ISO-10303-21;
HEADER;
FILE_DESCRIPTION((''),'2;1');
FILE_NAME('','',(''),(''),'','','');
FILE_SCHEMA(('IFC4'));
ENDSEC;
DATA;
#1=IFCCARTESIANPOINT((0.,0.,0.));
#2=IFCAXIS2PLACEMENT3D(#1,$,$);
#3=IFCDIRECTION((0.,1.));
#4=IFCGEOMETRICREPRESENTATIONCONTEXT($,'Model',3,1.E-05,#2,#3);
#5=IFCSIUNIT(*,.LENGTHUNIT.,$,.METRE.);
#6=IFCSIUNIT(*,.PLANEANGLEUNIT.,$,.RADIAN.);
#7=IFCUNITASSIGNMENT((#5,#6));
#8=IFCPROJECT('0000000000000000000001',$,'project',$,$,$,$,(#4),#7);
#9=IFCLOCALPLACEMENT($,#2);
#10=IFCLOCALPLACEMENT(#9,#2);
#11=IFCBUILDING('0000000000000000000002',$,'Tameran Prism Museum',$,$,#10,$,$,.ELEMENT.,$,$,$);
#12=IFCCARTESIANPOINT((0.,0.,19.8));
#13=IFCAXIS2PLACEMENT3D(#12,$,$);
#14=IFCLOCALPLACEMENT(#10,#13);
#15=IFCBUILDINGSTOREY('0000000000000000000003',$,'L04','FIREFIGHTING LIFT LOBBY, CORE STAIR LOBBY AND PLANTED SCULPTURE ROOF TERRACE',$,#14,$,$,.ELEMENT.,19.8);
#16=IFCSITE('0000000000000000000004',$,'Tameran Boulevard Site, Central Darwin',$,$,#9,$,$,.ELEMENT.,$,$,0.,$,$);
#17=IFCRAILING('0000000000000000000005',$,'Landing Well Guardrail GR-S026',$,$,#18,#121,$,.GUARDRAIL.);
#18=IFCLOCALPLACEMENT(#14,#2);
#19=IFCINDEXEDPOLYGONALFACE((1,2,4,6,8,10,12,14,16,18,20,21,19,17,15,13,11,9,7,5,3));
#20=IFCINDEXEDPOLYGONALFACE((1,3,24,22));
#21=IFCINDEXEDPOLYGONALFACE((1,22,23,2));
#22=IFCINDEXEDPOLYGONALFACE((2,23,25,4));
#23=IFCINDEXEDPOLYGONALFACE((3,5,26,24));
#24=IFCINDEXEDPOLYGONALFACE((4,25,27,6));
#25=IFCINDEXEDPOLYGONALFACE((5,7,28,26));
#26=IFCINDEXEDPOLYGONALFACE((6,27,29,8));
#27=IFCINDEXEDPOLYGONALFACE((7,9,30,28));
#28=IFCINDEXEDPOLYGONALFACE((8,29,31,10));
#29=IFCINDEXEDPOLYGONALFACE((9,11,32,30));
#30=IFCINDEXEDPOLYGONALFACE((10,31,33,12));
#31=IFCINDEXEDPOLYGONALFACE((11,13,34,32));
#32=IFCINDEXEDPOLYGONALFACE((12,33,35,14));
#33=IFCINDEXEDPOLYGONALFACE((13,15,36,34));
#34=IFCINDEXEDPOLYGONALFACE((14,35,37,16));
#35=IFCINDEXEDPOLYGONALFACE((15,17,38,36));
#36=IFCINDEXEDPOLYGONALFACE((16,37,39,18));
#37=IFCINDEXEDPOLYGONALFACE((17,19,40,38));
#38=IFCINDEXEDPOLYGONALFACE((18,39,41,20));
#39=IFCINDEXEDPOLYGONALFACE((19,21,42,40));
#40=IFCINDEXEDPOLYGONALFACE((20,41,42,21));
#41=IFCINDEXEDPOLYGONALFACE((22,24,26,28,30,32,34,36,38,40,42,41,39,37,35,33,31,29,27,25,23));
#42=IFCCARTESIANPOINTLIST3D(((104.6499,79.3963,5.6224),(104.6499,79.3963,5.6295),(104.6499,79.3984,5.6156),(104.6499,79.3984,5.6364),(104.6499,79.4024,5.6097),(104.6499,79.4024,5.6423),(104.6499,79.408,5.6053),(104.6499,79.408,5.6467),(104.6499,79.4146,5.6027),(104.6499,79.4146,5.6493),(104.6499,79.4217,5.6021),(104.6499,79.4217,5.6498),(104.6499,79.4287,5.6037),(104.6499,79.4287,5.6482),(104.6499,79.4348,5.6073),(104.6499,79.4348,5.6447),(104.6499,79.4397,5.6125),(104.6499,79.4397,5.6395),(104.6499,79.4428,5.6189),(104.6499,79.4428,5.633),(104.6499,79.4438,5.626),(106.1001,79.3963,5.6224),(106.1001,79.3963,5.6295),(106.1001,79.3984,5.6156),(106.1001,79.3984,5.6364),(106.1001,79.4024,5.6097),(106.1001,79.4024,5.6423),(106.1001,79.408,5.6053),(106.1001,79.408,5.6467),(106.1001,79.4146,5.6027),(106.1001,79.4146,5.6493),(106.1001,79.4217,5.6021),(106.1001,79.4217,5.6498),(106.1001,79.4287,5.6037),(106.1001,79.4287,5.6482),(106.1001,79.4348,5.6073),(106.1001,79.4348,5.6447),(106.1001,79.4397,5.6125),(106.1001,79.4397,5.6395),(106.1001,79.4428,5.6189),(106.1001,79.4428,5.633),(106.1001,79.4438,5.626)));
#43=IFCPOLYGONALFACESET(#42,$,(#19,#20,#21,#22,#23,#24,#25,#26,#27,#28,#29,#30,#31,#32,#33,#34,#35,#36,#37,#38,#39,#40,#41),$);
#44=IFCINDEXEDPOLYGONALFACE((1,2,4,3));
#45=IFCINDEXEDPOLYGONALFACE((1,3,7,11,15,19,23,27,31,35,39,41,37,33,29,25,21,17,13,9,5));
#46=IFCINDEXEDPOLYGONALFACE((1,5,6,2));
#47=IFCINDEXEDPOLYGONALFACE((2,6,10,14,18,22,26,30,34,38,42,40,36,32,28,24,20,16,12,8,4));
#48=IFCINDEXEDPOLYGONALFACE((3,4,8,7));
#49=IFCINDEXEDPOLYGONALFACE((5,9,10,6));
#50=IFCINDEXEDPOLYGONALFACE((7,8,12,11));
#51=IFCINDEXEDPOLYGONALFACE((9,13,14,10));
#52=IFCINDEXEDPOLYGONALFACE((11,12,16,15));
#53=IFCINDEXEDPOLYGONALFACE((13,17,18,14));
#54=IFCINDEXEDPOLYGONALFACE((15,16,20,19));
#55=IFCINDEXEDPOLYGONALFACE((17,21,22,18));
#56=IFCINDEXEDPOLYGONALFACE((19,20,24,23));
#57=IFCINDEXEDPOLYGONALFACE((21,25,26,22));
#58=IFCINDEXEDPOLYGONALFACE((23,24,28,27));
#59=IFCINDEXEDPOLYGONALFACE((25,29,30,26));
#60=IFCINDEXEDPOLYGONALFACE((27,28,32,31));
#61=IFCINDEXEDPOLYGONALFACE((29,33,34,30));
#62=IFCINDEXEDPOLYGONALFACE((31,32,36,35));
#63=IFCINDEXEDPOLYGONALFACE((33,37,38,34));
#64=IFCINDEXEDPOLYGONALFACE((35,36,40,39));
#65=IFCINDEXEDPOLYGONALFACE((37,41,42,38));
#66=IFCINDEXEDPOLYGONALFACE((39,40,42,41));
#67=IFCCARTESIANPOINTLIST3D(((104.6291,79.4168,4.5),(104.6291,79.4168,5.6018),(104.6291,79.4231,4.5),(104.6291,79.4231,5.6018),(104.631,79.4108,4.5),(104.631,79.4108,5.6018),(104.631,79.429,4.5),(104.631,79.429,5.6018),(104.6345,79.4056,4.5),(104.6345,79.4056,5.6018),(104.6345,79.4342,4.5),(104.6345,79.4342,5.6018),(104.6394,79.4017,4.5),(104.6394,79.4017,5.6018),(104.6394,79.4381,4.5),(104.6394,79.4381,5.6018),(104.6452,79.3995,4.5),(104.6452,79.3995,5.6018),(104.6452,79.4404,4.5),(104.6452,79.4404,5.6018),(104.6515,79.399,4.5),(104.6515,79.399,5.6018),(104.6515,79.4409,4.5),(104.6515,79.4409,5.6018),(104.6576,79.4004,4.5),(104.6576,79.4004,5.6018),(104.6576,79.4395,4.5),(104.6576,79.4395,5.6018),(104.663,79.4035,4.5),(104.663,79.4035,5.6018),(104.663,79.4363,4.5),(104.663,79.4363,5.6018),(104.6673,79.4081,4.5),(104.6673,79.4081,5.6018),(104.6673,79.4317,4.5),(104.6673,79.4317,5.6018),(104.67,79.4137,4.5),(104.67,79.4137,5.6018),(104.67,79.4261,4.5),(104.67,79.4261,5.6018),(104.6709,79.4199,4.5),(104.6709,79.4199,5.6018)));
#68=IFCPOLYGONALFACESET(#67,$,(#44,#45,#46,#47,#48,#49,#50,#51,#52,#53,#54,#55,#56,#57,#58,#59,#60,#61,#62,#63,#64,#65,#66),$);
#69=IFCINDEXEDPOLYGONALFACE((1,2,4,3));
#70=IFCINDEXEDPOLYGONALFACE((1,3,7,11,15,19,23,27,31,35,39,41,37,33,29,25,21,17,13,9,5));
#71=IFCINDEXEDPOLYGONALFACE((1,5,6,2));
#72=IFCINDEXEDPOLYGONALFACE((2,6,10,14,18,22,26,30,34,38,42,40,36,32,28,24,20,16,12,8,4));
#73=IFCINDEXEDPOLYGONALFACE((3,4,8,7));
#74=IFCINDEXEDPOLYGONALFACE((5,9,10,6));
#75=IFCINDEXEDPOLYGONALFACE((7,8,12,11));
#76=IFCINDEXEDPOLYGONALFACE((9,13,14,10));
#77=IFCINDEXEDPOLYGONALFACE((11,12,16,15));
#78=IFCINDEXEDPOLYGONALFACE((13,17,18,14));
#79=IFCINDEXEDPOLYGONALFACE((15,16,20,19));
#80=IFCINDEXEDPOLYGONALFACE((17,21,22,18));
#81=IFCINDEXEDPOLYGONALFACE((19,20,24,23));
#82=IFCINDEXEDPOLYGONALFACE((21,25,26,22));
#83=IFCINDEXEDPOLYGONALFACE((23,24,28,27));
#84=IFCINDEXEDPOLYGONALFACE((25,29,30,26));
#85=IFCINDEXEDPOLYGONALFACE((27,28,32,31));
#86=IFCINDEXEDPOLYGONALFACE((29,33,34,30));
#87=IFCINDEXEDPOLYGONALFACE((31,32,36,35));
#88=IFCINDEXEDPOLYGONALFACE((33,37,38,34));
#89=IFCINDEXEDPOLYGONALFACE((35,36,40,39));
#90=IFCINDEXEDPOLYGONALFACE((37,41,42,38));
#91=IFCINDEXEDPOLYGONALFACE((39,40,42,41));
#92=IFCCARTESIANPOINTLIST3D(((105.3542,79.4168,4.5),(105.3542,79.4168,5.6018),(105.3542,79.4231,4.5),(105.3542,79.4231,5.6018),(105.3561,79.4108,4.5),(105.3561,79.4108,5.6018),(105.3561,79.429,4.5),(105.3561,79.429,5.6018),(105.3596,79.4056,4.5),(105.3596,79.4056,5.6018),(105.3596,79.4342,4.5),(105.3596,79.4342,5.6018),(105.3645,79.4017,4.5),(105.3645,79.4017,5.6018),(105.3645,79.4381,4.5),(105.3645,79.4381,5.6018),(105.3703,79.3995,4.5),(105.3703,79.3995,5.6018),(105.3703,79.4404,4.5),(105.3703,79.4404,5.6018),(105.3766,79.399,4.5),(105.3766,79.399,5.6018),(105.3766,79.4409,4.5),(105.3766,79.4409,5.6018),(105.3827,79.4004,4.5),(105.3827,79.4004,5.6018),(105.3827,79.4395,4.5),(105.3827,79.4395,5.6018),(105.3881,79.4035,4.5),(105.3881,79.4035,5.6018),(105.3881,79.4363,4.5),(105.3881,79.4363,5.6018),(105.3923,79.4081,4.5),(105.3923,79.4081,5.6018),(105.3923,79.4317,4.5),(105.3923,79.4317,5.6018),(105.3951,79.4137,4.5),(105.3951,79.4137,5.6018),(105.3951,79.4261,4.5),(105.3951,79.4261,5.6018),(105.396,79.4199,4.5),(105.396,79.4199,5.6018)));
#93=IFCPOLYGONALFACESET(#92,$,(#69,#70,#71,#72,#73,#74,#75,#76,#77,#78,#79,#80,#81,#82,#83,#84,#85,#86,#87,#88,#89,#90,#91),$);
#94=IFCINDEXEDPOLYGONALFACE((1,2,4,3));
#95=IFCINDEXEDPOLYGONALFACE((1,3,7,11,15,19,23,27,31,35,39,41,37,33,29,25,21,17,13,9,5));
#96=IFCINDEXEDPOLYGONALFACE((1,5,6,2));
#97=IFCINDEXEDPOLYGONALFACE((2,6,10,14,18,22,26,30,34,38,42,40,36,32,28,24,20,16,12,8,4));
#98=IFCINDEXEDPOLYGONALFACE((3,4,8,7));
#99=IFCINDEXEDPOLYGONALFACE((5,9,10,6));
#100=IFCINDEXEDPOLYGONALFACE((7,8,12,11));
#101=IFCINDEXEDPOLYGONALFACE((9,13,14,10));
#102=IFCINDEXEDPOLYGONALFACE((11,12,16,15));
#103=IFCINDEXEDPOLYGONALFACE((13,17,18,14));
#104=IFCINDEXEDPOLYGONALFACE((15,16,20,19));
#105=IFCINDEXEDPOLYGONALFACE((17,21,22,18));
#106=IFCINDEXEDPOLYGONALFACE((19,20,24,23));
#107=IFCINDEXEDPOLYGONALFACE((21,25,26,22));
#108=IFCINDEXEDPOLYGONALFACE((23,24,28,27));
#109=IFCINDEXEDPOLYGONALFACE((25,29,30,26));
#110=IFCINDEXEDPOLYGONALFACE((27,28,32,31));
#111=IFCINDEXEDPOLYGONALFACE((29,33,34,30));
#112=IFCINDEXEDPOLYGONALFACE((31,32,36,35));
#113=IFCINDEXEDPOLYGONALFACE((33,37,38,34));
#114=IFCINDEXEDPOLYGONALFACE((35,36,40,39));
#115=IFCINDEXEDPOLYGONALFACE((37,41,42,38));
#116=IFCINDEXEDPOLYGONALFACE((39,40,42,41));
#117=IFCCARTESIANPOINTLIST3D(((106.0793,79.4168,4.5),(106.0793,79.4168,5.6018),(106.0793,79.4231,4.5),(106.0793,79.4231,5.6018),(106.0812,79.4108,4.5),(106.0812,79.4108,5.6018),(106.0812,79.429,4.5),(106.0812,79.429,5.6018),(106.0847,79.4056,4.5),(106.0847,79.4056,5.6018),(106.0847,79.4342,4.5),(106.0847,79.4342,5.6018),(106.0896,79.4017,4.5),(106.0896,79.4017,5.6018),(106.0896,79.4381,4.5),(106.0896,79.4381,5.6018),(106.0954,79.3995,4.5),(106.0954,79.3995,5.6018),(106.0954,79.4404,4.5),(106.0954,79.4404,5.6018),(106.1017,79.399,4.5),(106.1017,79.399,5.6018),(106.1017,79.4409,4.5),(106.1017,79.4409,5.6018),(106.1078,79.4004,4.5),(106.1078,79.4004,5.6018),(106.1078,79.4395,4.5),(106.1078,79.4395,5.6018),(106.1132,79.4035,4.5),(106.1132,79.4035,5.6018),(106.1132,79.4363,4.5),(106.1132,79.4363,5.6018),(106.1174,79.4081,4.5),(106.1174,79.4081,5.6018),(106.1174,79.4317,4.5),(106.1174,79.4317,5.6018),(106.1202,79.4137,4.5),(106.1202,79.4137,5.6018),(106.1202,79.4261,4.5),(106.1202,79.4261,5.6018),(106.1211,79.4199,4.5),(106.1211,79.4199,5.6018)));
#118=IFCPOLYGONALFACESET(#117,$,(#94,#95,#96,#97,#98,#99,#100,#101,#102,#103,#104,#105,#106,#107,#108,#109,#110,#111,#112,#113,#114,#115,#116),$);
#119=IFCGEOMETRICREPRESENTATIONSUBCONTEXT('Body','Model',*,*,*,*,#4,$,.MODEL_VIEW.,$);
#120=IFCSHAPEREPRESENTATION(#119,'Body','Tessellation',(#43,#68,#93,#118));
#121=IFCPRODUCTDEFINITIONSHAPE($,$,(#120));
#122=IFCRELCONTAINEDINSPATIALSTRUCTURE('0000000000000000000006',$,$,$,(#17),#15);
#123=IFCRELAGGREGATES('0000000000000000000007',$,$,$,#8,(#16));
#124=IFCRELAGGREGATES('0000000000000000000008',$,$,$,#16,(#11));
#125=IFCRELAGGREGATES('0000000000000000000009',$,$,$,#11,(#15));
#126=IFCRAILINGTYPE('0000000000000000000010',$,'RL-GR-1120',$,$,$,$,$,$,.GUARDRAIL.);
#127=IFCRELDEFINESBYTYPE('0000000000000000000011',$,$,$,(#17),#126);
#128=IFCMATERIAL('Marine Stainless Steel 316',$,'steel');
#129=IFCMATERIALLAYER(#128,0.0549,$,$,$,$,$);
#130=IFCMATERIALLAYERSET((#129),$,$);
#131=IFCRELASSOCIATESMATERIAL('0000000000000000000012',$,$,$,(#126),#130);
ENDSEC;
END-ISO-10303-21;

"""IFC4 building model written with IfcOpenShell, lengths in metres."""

from ifc_helpers import new_model, si_unit, direction, frame, origin, origin_2d, place, context, subcontext, project, spatial, circle, extrude, material, layer, layer_set, type_object, element, save


model = new_model("IFC4")

# Units and contexts
model_context = context("Model", 3, precision=1e-05, world=origin(), true_north=direction((0.0, 1.0)))
body_context = subcontext(model_context, "Body", "Model", "MODEL_VIEW")
ifc_project = project(units=[si_unit("LENGTHUNIT", "METRE"), si_unit("PLANEANGLEUNIT", "RADIAN")], contexts=[model_context])

# Site, building, storey
site_placement = place(None, origin())
site = spatial("IfcSite", under=ifc_project, at=site_placement, Name="Tameran Boulevard Site, Central Darwin", CompositionType="ELEMENT", RefElevation=0.0)
building_placement = place(site_placement, origin())
building = spatial("IfcBuilding", under=site, at=building_placement, Name="Tameran Prism Museum", CompositionType="ELEMENT")
storey_placement = place(building_placement, frame((0.0, 0.0, 19.8)))
storey = spatial("IfcBuildingStorey", under=building, at=storey_placement, Name="L04", Description="FIREFIGHTING LIFT LOBBY, CORE STAIR LOBBY AND PLANTED SCULPTURE ROOF TERRACE", CompositionType="ELEMENT", Elevation=19.8)

# Railing
ifc_material_1 = material(Name="Marine Stainless Steel 316", Category="steel")
ifc_layer_1 = layer(ifc_material_1, 0.0549)
ifc_layer_set_1 = layer_set([ifc_layer_1])
railing_type_1 = type_object("IfcRailingType", Name="RL-GR-1120", PredefinedType="GUARDRAIL", material=ifc_layer_set_1)
for number, where, name in (
    (1, (104.6499, 79.4199, 4.5), "Landing Well Guardrail GR-S026"),
):
    element("IfcRailing", number, at=place(storey_placement, frame(where)), inside=storey, type_object=railing_type_1, Name=name, PredefinedType="GUARDRAIL", context=body_context, shape_type="SweptSolid", body=[
        extrude(circle(Radius=0.0239, at=origin_2d()), frame((0.0, 0.0, 1.126), z_axis=(1.0, 0.0, 0.0), x_axis=(0.0, 1.0, 0.0)), (0.0, 0.0, 1.0), 1.4502),
        extrude(circle(Radius=0.021, at=origin_2d()), origin(), (0.0, 0.0, 1.0), 1.1018),
        extrude(circle(Radius=0.021, at=origin_2d()), frame((0.7251, 0.0, 0.0)), (0.0, 0.0, 1.0), 1.1018),
        extrude(circle(Radius=0.021, at=origin_2d()), frame((1.4502, 0.0, 0.0)), (0.0, 0.0, 1.0), 1.1018),
    ])

save(model, "model.ifc")
